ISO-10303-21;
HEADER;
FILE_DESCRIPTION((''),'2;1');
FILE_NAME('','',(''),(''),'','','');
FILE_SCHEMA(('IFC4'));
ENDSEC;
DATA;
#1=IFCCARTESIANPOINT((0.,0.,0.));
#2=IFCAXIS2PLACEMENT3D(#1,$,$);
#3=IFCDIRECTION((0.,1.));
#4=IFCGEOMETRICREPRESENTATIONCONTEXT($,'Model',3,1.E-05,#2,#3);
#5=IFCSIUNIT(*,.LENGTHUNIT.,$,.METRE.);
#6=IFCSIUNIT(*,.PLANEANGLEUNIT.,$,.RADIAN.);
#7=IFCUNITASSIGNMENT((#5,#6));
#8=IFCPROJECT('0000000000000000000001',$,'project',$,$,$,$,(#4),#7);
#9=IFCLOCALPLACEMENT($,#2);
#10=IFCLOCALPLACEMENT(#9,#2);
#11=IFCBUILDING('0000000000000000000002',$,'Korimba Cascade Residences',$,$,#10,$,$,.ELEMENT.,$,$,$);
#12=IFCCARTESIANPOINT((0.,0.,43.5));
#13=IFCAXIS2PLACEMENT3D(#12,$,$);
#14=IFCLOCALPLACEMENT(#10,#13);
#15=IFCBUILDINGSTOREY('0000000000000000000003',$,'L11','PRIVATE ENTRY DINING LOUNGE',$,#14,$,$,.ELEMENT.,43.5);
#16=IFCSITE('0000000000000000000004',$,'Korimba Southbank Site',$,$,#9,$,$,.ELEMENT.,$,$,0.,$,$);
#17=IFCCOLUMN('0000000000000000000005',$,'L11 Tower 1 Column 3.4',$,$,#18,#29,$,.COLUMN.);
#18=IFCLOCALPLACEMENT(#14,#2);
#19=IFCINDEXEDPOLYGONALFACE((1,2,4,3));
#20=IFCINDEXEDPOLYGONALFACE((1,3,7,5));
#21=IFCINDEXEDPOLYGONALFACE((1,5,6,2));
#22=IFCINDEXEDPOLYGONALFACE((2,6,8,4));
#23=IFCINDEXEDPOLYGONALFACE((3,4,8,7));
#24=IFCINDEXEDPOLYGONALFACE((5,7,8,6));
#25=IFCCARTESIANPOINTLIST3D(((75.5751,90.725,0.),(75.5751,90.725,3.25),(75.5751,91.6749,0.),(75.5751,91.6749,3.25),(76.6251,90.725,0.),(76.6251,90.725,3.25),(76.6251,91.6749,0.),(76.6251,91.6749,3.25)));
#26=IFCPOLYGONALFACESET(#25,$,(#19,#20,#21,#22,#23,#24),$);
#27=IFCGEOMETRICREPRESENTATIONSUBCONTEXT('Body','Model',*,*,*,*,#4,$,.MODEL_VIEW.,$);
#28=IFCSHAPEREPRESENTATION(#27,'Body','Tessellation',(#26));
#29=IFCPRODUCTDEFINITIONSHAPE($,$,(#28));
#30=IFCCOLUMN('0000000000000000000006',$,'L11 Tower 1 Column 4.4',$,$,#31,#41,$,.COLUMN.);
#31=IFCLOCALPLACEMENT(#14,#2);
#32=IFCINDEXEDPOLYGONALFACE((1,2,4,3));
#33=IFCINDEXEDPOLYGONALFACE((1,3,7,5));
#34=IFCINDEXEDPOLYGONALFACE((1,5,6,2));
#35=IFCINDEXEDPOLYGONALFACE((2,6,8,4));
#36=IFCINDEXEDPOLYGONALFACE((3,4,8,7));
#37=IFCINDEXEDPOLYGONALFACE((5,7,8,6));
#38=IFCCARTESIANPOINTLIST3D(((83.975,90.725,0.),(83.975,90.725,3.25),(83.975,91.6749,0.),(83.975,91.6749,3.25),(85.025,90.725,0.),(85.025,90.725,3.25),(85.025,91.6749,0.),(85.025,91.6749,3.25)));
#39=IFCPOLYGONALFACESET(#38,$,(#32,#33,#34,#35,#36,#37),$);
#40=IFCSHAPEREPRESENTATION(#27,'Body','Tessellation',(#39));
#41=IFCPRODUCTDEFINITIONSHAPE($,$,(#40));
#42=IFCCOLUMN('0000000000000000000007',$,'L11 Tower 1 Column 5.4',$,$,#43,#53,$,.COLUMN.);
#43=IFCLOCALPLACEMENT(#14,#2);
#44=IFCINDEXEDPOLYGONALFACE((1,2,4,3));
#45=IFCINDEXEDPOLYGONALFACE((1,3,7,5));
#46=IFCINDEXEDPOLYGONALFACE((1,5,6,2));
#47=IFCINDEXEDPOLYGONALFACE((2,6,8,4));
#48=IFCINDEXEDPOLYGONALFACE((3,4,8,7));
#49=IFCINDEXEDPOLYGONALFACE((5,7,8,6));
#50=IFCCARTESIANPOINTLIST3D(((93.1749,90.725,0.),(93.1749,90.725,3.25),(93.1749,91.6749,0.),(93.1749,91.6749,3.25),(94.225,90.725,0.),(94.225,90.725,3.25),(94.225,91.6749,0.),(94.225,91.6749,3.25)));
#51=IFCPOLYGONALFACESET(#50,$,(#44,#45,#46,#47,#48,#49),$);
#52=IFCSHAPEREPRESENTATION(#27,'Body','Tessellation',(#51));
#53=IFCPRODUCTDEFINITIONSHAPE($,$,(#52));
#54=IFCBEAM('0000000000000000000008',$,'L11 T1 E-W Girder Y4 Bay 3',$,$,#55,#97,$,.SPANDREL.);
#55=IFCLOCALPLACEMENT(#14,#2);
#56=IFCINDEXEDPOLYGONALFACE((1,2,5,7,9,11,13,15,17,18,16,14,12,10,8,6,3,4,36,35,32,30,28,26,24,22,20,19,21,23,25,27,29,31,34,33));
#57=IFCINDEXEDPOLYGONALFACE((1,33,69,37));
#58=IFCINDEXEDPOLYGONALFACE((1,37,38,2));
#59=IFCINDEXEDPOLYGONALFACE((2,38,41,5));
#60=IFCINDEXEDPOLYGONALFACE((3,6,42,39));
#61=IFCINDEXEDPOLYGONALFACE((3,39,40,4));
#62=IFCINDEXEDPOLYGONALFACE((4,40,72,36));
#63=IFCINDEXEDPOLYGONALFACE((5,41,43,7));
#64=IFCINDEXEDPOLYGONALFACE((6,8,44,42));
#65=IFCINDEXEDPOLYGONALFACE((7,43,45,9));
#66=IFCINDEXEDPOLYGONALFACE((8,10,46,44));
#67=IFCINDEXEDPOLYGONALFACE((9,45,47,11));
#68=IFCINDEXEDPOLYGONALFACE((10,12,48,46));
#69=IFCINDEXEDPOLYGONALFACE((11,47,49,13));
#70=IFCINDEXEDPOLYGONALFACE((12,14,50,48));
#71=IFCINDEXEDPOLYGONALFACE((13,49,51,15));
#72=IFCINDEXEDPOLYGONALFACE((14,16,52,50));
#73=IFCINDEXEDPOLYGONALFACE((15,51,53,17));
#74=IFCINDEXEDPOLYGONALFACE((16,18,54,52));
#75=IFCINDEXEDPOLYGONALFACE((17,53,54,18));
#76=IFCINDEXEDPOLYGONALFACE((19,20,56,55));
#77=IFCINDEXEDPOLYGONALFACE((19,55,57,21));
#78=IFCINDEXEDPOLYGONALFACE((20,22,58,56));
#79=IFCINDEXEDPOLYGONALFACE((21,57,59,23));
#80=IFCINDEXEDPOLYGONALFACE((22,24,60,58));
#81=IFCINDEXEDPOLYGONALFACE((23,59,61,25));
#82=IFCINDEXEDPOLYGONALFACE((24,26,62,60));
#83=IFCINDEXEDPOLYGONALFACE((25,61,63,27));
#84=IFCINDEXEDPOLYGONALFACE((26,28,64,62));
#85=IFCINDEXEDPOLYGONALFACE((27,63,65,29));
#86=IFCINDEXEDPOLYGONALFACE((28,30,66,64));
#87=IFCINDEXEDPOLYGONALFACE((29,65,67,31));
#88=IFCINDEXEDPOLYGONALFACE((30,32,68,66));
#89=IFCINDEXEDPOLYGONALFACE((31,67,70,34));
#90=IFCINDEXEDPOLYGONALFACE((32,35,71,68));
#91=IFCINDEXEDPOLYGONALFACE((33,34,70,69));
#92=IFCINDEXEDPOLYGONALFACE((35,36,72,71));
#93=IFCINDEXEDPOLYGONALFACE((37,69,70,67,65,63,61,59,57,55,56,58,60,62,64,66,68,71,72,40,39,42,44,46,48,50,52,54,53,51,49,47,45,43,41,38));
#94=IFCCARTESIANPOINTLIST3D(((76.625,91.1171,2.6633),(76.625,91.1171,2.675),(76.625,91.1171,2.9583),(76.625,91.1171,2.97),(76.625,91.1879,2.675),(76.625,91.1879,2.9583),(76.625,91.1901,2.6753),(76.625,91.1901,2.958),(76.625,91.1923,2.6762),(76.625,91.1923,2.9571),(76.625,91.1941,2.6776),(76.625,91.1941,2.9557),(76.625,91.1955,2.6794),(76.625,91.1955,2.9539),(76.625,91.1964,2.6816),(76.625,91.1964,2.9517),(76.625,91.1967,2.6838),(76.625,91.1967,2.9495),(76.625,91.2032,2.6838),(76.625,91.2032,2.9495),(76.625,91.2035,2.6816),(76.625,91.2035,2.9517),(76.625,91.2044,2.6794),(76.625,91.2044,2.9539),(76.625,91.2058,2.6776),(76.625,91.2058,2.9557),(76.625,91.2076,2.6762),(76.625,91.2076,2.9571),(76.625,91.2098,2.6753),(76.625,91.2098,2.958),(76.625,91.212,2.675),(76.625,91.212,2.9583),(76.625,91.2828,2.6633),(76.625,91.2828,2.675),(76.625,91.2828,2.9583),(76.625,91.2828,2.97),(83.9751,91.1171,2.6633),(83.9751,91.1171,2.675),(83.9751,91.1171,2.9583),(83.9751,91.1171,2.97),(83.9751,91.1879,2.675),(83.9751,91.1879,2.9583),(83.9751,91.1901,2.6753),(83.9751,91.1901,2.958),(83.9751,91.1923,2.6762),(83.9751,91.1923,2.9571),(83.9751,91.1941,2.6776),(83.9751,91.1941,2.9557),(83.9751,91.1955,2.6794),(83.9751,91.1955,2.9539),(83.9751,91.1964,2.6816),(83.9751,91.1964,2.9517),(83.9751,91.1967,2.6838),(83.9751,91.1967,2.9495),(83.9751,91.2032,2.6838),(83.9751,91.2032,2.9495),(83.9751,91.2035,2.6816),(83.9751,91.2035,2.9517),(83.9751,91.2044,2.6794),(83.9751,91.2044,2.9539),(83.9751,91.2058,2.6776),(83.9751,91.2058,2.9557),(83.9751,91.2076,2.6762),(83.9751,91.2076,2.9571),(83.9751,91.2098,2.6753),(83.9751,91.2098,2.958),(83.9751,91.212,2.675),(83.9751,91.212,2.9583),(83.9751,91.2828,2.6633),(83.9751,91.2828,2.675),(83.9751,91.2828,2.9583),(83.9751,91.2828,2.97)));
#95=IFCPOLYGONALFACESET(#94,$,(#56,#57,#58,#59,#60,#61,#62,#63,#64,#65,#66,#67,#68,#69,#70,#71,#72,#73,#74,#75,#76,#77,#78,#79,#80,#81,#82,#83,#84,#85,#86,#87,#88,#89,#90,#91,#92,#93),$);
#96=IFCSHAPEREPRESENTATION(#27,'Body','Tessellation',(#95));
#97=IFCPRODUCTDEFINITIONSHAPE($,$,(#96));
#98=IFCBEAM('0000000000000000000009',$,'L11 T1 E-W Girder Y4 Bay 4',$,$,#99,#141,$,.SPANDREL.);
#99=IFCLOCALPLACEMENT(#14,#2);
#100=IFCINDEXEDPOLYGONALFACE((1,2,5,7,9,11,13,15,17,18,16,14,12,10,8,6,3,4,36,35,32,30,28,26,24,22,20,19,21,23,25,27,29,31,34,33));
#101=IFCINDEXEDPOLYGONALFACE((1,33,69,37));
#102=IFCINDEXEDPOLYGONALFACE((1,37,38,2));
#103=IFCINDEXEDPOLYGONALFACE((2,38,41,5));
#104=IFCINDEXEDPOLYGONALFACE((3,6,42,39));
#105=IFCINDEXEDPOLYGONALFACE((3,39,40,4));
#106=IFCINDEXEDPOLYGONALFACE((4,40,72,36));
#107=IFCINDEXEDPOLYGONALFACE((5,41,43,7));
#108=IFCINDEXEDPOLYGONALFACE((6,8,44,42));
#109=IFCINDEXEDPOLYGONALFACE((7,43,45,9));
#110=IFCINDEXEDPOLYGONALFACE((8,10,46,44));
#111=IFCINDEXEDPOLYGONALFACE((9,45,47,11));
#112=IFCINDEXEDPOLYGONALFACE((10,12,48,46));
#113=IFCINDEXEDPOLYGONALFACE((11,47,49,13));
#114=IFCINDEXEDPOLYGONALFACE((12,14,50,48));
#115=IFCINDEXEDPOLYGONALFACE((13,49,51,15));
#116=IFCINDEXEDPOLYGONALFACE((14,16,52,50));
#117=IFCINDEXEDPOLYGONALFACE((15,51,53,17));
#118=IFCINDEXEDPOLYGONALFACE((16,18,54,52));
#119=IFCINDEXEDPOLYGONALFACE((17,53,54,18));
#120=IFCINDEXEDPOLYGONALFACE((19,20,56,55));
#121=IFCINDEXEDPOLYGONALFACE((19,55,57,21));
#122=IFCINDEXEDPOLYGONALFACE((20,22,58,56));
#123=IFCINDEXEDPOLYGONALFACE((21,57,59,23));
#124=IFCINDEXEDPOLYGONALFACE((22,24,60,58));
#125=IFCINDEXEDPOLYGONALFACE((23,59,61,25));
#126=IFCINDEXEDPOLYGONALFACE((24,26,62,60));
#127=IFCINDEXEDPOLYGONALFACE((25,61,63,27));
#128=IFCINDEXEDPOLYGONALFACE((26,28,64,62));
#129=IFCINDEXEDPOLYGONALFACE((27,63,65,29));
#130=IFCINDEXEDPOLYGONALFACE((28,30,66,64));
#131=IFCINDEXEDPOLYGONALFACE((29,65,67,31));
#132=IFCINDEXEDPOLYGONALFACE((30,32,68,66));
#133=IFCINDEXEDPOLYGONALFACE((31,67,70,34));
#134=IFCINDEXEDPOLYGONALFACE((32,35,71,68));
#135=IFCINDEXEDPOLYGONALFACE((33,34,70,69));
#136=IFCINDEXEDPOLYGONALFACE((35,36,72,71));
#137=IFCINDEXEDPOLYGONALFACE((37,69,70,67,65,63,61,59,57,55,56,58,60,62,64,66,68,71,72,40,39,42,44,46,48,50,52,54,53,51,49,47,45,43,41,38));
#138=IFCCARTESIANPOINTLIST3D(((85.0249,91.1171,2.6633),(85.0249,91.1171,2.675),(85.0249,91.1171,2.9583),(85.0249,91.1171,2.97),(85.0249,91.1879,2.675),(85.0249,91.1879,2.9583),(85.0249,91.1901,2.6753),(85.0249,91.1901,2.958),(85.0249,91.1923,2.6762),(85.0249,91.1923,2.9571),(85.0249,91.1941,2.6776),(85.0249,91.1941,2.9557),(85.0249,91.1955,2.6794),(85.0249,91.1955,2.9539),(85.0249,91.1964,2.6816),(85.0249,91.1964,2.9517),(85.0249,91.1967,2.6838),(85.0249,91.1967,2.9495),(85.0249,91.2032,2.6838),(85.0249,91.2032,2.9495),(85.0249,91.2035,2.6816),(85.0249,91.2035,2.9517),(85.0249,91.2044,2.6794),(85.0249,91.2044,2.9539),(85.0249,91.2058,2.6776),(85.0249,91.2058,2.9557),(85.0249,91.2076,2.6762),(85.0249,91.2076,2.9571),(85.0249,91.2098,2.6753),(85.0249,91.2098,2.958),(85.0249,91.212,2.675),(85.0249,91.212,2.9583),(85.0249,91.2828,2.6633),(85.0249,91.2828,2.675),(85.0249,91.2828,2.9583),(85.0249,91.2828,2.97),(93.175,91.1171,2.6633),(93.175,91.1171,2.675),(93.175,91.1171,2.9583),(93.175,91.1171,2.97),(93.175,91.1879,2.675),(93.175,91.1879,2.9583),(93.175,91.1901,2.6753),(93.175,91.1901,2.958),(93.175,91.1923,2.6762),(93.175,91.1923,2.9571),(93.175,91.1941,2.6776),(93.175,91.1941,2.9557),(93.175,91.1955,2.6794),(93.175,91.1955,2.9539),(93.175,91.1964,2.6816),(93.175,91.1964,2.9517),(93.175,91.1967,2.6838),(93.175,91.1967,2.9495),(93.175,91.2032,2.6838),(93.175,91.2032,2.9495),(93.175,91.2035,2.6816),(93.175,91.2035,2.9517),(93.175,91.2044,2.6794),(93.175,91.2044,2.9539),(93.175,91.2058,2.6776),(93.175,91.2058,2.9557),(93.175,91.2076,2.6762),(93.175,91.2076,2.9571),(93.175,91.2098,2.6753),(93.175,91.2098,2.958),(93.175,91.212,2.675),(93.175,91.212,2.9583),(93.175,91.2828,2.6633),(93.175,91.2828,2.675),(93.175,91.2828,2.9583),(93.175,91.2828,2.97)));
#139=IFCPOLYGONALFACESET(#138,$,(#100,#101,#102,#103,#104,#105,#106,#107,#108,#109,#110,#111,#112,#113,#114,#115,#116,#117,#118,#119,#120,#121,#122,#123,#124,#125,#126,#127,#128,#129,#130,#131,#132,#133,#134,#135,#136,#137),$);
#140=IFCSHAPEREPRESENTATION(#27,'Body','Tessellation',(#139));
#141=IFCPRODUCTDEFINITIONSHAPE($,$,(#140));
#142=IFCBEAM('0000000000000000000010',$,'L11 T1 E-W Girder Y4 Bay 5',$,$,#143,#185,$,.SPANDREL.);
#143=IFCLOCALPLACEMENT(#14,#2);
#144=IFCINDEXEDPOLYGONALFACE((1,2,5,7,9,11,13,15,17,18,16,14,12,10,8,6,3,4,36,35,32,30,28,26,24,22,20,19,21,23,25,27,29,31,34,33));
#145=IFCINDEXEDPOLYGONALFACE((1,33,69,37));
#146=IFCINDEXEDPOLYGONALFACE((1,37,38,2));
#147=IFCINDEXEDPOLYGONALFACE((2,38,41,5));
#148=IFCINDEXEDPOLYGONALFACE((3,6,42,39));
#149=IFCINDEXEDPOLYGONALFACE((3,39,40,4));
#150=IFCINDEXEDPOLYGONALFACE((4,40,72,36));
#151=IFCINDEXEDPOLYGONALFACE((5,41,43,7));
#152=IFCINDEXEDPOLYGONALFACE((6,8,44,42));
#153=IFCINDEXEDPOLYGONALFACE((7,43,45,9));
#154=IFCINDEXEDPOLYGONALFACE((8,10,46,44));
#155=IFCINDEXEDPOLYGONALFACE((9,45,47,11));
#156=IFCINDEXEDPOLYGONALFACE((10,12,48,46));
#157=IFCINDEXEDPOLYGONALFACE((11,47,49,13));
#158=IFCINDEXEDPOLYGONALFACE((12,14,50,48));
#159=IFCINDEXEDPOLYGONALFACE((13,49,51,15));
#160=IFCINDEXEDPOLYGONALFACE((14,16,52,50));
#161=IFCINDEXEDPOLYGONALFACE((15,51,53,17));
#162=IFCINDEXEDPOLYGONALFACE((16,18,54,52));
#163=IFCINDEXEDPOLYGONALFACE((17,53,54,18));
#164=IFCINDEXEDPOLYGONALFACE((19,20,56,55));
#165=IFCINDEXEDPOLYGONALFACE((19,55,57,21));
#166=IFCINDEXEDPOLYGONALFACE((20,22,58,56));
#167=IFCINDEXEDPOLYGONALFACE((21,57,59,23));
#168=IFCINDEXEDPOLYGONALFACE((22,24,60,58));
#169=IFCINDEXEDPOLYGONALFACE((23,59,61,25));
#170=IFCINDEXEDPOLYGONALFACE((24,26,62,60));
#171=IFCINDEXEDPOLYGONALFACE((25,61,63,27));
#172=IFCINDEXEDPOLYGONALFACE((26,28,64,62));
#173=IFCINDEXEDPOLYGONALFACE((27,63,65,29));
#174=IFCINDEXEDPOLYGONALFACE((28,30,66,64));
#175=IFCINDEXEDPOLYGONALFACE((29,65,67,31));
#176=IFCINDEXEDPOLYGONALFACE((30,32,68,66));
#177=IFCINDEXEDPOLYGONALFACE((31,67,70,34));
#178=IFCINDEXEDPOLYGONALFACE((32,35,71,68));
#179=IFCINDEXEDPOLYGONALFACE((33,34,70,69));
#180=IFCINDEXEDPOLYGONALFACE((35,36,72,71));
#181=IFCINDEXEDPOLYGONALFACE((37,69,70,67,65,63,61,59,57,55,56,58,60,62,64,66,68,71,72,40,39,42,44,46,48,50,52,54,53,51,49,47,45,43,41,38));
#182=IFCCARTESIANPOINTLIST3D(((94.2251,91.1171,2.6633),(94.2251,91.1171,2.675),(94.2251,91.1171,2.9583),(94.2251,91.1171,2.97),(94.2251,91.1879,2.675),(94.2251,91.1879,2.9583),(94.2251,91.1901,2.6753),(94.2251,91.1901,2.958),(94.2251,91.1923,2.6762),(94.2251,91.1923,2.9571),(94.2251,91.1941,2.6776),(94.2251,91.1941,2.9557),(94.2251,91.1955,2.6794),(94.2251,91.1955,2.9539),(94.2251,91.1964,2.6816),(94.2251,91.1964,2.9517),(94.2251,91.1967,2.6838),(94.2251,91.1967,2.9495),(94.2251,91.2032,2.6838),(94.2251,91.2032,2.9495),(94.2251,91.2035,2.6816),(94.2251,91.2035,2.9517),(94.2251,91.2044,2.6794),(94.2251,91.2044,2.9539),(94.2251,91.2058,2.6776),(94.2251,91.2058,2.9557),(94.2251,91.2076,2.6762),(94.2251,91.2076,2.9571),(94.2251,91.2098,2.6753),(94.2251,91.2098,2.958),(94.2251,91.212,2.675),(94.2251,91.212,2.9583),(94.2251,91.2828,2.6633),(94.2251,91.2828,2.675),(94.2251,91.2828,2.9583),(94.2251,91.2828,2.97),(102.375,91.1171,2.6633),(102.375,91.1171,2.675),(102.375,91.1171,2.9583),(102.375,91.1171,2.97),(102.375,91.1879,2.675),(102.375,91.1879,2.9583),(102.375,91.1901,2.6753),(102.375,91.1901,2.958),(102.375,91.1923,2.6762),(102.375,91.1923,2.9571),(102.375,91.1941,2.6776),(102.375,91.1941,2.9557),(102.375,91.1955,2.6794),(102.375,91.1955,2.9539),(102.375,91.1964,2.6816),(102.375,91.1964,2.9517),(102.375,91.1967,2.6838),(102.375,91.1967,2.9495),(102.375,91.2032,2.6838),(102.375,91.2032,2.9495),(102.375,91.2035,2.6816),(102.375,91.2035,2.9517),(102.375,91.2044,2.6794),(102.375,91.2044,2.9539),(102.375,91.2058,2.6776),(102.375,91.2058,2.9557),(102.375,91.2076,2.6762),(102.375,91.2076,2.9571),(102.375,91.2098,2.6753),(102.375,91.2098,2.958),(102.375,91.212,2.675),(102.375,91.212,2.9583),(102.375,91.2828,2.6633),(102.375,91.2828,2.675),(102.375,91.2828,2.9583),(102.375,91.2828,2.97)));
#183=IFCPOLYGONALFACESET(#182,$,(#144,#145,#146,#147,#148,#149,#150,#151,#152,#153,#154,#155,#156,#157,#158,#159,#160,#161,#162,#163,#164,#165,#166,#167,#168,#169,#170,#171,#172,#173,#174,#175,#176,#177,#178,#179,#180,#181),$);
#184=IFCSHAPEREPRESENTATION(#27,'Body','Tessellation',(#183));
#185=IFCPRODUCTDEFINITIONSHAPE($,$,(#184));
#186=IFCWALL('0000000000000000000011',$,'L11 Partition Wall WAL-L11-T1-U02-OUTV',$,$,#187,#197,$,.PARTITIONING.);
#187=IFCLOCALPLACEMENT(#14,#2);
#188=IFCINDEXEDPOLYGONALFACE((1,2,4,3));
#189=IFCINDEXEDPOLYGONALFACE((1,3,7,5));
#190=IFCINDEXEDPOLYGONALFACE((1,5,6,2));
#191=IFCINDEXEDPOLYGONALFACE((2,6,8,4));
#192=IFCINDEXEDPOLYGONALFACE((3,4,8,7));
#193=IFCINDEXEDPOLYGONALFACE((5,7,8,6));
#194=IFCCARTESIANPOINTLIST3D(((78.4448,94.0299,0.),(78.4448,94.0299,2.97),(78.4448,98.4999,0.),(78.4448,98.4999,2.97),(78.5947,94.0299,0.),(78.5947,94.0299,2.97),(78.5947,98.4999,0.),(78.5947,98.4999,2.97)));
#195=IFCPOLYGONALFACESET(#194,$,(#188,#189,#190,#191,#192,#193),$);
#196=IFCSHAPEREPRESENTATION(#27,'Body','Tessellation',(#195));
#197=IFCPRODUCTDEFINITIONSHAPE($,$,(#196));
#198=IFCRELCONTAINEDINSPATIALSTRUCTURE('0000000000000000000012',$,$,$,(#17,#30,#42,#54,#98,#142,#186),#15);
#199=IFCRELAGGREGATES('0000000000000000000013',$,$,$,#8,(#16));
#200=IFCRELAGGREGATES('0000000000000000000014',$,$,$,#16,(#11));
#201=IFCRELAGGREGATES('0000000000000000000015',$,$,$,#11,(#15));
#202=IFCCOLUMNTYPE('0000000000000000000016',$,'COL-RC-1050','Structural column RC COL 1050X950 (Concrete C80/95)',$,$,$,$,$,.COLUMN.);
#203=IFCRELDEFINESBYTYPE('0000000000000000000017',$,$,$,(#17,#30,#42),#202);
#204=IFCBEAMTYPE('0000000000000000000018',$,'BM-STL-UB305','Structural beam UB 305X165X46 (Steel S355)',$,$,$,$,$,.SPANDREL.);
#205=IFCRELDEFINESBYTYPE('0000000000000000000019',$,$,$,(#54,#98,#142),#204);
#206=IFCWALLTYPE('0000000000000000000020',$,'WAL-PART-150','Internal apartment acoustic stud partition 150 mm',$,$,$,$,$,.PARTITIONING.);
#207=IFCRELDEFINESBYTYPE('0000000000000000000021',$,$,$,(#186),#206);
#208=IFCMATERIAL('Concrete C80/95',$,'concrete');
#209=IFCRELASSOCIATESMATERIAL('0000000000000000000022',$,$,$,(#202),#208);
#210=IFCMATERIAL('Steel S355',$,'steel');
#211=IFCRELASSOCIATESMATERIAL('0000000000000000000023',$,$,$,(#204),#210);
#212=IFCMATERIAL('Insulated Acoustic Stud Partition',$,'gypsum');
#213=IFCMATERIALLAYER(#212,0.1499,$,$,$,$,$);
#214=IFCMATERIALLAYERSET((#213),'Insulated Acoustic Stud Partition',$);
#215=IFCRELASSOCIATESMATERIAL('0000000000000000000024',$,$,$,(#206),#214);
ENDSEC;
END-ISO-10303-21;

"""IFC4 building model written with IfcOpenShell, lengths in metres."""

from ifc_helpers import new_model, si_unit, direction, frame, frame_2d, origin, origin_2d, place, context, subcontext, project, spatial, rectangle, i_section, extrude, material, layer, layer_set, material_profile, profile_set, type_object, element, save


model = new_model("IFC4")

# Units and contexts
model_context = context("Model", 3, precision=1e-05, world=origin(), true_north=direction((0.0, 1.0)))
body_context = subcontext(model_context, "Body", "Model", "MODEL_VIEW")
ifc_project = project(units=[si_unit("LENGTHUNIT", "METRE"), si_unit("PLANEANGLEUNIT", "RADIAN")], contexts=[model_context])

# Site, building, storey
site_placement = place(None, origin())
site = spatial("IfcSite", under=ifc_project, at=site_placement, Name="Korimba Southbank Site", CompositionType="ELEMENT", RefElevation=0.0)
building_placement = place(site_placement, origin())
building = spatial("IfcBuilding", under=site, at=building_placement, Name="Korimba Cascade Residences", CompositionType="ELEMENT")
storey_placement = place(building_placement, frame((0.0, 0.0, 43.5)))
storey = spatial("IfcBuildingStorey", under=building, at=storey_placement, Name="L11", Description="PRIVATE ENTRY DINING LOUNGE", CompositionType="ELEMENT", Elevation=43.5)

# Columns
ifc_material_1 = material(Name="Concrete C80/95", Category="concrete")
ifc_material_profile_1 = material_profile(ifc_material_1, rectangle(XDim=1.05, YDim=0.95, at=origin_2d()), Name="Concrete C80/95")
ifc_profile_set_1 = profile_set([ifc_material_profile_1], Name="Concrete C80/95")
column_type = type_object("IfcColumnType", Name="COL-RC-1050", Description="Structural column RC COL 1050X950 (Concrete C80/95)", PredefinedType="COLUMN", material=ifc_profile_set_1)
for number, where, z_axis, x_axis, name in (
    (1, (76.1001, 91.2, 0.0), (0.0, 0.0, 1.0), (1.0, 0.0, 0.0), "L11 Tower 1 Column 3.4"),
    (2, (84.5, 91.2, 0.0), (0.0, 0.0, 1.0), (1.0, 0.0, 0.0), "L11 Tower 1 Column 4.4"),
    (3, (93.7, 91.2, 0.0), (0.0, 0.0, 1.0), (1.0, 0.0, 0.0), "L11 Tower 1 Column 5.4"),
):
    element("IfcColumn", number, at=place(storey_placement, frame(where, z_axis=z_axis, x_axis=x_axis)), inside=storey, type_object=column_type, Name=name, PredefinedType="COLUMN", context=body_context, shape_type="SweptSolid", body=[
        extrude(rectangle(XDim=1.05, YDim=0.95, at=origin_2d()), origin(), (0.0, 0.0, 1.0), 3.25),
    ])

# Beams
ifc_material_2 = material(Name="Steel S355", Category="steel")
ifc_material_profile_2 = material_profile(ifc_material_2, i_section(OverallWidth=0.1658, OverallDepth=0.3066, WebThickness=0.0066, FlangeThickness=0.0117, FilletRadius=0.0088, at=origin_2d()), Name="Steel S355")
ifc_profile_set_2 = profile_set([ifc_material_profile_2], Name="Steel S355")
beam_type = type_object("IfcBeamType", Name="BM-STL-UB305", Description="Structural beam UB 305X165X46 (Steel S355)", PredefinedType="SPANDREL", material=ifc_profile_set_2)
beam_1_placement = place(storey_placement, frame((76.625, 91.2, 2.8167), z_axis=(1.0, 0.0, 0.0), x_axis=(0.0, 1.0, 0.0)))
element("IfcBeam", 4, at=beam_1_placement, inside=storey, type_object=beam_type, Name="L11 T1 E-W Girder Y4 Bay 3", PredefinedType="SPANDREL", context=body_context, shape_type="SweptSolid", body=[
    extrude(i_section(OverallWidth=0.1658, OverallDepth=0.3066, WebThickness=0.0066, FlangeThickness=0.0117, FilletRadius=0.0088, at=origin_2d()), origin(), (0.0, 0.0, 1.0), 7.3501),
])
beam_2_placement = place(storey_placement, frame((85.0249, 91.2, 2.8167), z_axis=(1.0, 0.0, 0.0), x_axis=(0.0, 1.0, 0.0)))
element("IfcBeam", 5, at=beam_2_placement, inside=storey, type_object=beam_type, Name="L11 T1 E-W Girder Y4 Bay 4", PredefinedType="SPANDREL", context=body_context, shape_type="SweptSolid", body=[
    extrude(i_section(OverallWidth=0.1658, OverallDepth=0.3066, WebThickness=0.0066, FlangeThickness=0.0117, FilletRadius=0.0088, at=origin_2d()), origin(), (0.0, 0.0, 1.0), 8.1501),
])
beam_3_placement = place(storey_placement, frame((94.2251, 91.2, 2.8167), z_axis=(1.0, 0.0, 0.0), x_axis=(0.0, 1.0, 0.0)))
element("IfcBeam", 6, at=beam_3_placement, inside=storey, type_object=beam_type, Name="L11 T1 E-W Girder Y4 Bay 5", PredefinedType="SPANDREL", context=body_context, shape_type="SweptSolid", body=[
    extrude(i_section(OverallWidth=0.1658, OverallDepth=0.3066, WebThickness=0.0066, FlangeThickness=0.0117, FilletRadius=0.0088, at=origin_2d()), origin(), (0.0, 0.0, 1.0), 8.1499),
])

# Wall
ifc_material_3 = material(Name="Insulated Acoustic Stud Partition", Category="gypsum")
ifc_layer = layer(ifc_material_3, 0.1499)
ifc_layer_set = layer_set([ifc_layer], Name="Insulated Acoustic Stud Partition")
wall_type = type_object("IfcWallType", Name="WAL-PART-150", Description="Internal apartment acoustic stud partition 150 mm", PredefinedType="PARTITIONING", material=ifc_layer_set)
wall_1_placement = place(storey_placement, frame((78.5198, 94.03, 0.0), z_axis=(0.0, 0.0, 1.0), x_axis=(0.0, 1.0, 0.0)))
element("IfcWall", 7, at=wall_1_placement, inside=storey, type_object=wall_type, Name="L11 Partition Wall WAL-L11-T1-U02-OUTV", PredefinedType="PARTITIONING", context=body_context, shape_type="SweptSolid", body=[
    extrude(rectangle(XDim=4.47, YDim=0.1499, at=frame_2d((2.2349, 0.0))), origin(), (0.0, 0.0, 1.0), 2.97),
])

save(model, "model.ifc")
